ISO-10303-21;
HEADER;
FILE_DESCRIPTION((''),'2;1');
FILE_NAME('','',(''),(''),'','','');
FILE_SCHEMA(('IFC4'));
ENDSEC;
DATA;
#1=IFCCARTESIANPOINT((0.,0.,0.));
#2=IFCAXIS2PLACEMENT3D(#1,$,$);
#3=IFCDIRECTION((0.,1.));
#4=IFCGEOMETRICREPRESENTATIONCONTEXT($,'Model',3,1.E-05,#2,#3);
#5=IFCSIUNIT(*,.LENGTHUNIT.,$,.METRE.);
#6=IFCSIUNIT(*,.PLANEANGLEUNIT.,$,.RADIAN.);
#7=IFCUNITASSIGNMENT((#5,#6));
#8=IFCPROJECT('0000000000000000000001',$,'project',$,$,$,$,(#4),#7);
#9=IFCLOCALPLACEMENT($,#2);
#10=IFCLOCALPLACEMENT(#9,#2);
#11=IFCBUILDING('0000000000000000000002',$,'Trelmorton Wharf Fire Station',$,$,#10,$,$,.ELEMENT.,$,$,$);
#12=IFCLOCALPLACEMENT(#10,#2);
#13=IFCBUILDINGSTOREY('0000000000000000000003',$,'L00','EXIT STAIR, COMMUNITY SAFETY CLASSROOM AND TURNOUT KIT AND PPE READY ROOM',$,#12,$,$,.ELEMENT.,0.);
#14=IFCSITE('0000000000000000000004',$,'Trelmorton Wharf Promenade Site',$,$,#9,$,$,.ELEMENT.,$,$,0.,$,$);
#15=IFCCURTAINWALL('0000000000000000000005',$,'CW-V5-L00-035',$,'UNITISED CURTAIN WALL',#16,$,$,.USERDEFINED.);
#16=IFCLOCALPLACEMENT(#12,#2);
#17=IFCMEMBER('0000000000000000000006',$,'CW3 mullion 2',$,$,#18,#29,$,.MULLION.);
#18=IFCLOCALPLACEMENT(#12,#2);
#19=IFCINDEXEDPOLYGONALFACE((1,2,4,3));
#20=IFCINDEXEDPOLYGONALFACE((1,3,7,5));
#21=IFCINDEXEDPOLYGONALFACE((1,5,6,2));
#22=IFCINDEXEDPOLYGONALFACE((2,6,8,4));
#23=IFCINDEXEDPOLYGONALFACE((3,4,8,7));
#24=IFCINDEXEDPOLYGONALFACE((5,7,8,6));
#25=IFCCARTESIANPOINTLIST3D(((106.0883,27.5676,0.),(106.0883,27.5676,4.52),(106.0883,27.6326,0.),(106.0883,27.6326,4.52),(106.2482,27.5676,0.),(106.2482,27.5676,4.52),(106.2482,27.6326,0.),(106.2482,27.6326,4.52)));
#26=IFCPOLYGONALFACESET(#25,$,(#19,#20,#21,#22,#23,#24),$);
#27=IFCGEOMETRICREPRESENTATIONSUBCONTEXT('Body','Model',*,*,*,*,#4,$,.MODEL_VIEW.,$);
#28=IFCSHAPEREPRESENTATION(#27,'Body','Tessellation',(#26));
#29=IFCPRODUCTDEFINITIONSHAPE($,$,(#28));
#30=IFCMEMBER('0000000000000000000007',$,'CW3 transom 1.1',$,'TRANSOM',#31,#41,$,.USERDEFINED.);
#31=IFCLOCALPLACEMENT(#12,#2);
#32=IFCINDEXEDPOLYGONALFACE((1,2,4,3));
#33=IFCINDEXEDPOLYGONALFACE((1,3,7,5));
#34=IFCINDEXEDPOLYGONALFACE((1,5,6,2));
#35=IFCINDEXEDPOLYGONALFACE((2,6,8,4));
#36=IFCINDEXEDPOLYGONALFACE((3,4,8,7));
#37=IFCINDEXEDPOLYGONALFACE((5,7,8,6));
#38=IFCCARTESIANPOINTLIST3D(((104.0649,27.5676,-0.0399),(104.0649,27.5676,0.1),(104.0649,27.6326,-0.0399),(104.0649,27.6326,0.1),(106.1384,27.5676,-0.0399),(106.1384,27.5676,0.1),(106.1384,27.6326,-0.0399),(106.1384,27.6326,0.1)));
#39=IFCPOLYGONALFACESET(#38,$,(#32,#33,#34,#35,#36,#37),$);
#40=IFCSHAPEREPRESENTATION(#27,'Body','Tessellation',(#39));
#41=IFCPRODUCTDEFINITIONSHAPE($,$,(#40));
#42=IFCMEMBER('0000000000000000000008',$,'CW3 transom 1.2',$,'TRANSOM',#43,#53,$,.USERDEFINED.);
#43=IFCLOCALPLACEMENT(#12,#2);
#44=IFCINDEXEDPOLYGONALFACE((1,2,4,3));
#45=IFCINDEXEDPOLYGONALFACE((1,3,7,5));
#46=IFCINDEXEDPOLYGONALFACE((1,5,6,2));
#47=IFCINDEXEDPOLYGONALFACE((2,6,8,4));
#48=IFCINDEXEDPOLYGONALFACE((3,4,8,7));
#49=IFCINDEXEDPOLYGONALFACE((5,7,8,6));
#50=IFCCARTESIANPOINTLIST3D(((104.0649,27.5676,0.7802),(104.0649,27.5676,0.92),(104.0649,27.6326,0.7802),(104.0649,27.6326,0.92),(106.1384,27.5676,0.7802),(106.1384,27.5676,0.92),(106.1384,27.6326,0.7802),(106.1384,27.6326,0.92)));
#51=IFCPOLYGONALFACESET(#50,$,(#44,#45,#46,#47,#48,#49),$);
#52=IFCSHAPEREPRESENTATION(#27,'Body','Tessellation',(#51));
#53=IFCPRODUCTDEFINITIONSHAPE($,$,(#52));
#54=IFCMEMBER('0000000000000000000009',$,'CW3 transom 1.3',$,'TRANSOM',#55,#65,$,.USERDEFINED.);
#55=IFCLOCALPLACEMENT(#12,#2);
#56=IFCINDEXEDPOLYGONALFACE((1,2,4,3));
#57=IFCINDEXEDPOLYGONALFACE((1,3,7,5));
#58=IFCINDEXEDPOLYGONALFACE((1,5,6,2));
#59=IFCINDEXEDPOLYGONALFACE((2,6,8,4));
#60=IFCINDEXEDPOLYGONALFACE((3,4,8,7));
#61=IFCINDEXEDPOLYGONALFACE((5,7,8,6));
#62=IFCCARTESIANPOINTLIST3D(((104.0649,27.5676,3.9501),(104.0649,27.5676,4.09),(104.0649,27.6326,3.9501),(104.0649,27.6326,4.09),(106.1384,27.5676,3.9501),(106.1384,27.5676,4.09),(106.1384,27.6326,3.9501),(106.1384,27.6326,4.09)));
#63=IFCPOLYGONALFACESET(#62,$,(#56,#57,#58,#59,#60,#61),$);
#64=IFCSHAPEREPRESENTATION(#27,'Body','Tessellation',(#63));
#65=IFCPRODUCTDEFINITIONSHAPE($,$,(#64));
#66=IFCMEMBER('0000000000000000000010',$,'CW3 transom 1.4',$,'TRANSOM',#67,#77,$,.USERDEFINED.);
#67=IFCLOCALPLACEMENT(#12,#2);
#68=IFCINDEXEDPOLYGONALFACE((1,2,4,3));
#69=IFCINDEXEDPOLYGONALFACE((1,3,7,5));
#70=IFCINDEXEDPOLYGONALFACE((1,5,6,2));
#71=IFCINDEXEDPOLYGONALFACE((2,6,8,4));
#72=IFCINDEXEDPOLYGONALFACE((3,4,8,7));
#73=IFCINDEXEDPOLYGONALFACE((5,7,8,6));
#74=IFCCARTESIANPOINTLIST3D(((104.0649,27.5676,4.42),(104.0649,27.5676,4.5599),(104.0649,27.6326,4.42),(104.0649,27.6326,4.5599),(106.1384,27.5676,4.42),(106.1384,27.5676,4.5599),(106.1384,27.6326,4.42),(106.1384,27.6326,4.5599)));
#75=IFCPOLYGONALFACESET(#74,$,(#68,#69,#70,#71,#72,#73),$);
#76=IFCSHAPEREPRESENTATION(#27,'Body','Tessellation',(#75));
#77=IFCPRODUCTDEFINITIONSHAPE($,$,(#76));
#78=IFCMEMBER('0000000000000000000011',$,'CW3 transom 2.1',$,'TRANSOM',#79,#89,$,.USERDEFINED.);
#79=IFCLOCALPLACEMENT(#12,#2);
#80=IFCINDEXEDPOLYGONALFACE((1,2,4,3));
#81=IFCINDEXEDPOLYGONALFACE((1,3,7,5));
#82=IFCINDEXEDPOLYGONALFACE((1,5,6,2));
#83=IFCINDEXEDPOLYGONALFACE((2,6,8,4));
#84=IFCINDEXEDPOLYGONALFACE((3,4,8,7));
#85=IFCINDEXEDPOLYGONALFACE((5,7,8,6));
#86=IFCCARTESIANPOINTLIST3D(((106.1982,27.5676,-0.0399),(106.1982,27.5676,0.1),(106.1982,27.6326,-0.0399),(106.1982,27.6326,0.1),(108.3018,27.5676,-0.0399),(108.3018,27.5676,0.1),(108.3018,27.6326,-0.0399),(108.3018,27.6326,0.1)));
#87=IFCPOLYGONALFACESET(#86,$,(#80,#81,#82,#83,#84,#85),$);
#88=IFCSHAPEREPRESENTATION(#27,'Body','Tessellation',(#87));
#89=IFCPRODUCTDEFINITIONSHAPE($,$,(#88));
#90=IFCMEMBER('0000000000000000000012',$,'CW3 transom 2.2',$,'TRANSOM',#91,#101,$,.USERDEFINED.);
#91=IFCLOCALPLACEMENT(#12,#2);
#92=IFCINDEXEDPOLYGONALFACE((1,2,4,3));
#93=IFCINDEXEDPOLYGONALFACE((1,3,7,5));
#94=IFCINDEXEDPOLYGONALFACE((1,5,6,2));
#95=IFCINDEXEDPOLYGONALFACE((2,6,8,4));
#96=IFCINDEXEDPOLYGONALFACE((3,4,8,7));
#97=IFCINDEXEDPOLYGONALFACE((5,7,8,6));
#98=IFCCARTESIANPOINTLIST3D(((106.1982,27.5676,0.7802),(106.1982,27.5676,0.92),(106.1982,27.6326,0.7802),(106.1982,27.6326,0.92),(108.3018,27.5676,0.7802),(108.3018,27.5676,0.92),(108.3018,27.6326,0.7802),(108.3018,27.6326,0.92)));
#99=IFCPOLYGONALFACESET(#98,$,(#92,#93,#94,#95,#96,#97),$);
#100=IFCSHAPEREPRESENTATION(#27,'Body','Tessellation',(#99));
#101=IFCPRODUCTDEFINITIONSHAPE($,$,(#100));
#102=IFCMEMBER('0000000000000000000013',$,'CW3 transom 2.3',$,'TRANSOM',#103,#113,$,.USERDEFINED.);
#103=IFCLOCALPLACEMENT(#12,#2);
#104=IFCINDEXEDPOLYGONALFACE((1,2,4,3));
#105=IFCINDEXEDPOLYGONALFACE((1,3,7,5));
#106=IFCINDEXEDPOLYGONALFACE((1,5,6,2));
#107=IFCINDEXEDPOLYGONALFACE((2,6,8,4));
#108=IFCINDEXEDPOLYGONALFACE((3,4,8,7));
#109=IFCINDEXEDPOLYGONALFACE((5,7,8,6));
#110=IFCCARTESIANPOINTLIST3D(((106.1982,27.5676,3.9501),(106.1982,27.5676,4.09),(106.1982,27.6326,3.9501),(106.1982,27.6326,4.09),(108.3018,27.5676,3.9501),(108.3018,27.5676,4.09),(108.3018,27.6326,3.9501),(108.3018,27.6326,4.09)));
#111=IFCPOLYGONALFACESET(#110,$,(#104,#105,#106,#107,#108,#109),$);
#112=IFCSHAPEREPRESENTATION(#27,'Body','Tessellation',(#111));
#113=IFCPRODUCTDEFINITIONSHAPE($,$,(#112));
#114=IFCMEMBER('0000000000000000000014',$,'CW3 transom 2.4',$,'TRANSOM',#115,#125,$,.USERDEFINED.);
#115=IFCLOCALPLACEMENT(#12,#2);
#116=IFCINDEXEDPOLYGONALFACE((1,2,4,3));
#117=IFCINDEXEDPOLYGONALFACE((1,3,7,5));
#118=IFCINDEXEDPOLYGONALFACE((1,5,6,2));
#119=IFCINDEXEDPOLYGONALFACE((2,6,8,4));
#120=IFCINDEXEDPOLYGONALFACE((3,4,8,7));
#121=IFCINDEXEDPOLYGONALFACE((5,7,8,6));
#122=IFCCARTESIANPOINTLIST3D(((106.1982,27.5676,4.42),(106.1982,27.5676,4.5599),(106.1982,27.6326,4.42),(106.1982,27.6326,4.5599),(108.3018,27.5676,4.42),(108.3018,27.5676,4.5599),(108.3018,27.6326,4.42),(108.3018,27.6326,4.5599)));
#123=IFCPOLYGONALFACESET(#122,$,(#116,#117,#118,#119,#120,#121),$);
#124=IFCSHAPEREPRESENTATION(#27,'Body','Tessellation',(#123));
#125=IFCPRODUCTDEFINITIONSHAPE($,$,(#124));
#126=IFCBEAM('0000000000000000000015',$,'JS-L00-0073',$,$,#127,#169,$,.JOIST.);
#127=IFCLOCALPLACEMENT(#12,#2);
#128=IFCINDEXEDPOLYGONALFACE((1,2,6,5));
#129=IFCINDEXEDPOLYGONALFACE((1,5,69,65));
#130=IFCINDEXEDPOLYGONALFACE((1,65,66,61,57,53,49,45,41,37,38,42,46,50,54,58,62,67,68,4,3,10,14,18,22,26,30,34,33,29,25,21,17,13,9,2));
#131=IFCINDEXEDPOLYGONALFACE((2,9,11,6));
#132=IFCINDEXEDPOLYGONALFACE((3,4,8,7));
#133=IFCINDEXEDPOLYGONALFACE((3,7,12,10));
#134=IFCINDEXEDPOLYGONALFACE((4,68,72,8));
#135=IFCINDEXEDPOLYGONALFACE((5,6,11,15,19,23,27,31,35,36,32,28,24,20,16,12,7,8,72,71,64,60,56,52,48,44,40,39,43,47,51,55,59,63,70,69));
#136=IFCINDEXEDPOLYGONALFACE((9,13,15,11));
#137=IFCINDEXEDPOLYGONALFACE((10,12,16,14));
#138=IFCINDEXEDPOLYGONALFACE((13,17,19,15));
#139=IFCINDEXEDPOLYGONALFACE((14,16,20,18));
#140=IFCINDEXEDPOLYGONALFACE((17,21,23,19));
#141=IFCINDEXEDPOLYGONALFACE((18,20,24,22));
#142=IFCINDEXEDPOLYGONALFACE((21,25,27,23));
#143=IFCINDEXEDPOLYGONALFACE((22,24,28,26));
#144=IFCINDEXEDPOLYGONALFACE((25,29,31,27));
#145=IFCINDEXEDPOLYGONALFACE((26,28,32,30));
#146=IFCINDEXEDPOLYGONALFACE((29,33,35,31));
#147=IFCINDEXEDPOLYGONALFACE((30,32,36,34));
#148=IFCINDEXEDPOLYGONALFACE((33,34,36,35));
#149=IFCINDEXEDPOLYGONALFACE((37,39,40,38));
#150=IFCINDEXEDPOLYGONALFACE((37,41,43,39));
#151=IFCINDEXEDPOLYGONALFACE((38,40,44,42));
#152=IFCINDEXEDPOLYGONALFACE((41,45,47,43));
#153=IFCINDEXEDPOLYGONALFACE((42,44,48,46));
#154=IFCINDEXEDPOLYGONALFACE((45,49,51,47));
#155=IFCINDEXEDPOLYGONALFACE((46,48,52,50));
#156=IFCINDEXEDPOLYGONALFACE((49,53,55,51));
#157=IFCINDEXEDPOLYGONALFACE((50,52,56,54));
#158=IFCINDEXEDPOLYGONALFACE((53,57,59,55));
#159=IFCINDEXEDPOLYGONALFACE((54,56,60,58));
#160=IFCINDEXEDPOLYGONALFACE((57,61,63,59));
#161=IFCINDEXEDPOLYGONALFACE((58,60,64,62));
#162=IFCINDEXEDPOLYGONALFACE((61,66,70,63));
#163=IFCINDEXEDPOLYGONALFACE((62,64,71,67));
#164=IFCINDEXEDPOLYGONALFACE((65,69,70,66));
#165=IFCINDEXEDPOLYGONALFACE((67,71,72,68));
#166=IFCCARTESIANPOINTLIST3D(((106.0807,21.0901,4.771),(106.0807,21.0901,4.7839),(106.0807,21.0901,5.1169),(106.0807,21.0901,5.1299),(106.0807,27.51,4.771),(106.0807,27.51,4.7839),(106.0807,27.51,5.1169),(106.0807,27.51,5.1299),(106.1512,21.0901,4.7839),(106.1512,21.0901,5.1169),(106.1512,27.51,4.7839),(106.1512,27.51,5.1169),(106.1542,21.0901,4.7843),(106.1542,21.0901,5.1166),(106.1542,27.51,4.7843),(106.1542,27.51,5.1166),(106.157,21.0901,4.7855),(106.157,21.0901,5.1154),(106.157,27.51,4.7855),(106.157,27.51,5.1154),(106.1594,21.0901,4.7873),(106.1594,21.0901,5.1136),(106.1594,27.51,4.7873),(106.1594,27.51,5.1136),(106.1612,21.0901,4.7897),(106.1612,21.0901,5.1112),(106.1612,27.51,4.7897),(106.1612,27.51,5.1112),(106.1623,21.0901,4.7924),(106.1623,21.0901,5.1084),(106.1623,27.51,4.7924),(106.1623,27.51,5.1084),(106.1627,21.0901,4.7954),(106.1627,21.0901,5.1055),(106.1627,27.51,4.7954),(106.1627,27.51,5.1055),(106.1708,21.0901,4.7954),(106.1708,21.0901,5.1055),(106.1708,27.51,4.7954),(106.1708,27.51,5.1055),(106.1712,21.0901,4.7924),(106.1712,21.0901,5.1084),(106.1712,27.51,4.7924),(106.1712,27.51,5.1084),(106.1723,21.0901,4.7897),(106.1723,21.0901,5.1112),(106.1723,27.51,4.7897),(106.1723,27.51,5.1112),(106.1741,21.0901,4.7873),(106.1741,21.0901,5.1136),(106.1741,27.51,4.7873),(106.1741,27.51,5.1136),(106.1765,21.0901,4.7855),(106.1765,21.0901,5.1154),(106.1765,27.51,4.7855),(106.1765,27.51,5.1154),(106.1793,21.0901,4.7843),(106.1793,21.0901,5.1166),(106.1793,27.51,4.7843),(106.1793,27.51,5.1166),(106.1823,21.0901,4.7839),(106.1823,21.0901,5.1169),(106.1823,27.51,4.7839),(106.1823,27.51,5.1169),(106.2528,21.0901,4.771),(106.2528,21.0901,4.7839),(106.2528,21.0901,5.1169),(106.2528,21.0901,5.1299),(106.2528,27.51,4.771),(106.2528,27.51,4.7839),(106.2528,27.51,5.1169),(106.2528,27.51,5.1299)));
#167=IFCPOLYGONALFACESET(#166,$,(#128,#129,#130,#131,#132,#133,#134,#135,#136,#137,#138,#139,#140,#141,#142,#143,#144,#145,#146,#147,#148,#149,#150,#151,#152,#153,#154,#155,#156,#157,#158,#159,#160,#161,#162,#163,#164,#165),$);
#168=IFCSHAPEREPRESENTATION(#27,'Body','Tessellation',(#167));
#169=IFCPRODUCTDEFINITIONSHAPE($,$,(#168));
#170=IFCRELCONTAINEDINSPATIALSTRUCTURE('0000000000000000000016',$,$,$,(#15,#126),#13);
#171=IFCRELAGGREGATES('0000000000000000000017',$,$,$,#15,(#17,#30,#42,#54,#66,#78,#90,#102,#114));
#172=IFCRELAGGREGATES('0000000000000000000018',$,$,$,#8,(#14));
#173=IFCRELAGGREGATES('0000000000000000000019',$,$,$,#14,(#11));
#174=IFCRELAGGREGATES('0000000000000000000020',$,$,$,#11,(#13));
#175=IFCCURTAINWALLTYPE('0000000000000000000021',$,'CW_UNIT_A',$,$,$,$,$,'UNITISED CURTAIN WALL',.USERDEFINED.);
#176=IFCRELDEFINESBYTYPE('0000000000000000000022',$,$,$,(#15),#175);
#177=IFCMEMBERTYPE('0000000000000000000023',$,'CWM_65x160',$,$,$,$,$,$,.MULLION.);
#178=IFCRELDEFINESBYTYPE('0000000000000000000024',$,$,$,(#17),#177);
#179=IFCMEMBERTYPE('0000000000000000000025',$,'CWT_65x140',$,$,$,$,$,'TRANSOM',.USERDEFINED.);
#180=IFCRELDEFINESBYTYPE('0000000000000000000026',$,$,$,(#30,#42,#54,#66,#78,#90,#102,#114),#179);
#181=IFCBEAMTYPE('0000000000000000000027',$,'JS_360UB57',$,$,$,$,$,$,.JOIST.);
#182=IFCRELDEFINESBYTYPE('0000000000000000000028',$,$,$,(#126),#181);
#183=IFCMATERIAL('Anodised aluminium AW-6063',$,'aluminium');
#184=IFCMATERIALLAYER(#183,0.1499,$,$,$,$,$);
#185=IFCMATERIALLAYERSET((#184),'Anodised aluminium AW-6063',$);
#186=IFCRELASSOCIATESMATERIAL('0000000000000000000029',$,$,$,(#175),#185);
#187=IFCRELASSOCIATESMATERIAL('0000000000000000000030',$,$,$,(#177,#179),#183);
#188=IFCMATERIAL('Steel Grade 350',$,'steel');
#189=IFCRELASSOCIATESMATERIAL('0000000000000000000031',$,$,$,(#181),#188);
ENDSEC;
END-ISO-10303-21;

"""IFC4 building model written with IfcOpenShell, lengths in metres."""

from ifc_helpers import new_model, si_unit, direction, frame, origin, origin_2d, place, context, subcontext, project, spatial, rectangle, i_section, extrude, material, layer, layer_set, material_profile, profile_set, type_object, element, aggregate, save


model = new_model("IFC4")

# Units and contexts
model_context = context("Model", 3, precision=1e-05, world=origin(), true_north=direction((0.0, 1.0)))
body_context = subcontext(model_context, "Body", "Model", "MODEL_VIEW")
ifc_project = project(units=[si_unit("LENGTHUNIT", "METRE"), si_unit("PLANEANGLEUNIT", "RADIAN")], contexts=[model_context])

# Site, building, storey
site_placement = place(None, origin())
site = spatial("IfcSite", under=ifc_project, at=site_placement, Name="Trelmorton Wharf Promenade Site", CompositionType="ELEMENT", RefElevation=0.0)
building_placement = place(site_placement, origin())
building = spatial("IfcBuilding", under=site, at=building_placement, Name="Trelmorton Wharf Fire Station", CompositionType="ELEMENT")
storey_placement = place(building_placement, origin())
storey = spatial("IfcBuildingStorey", under=building, at=storey_placement, Name="L00", Description="EXIT STAIR, COMMUNITY SAFETY CLASSROOM AND TURNOUT KIT AND PPE READY ROOM", CompositionType="ELEMENT", Elevation=0.0)

# Shared definitions
ifc_material_1 = material(Name="Steel Grade 350", Category="steel")

# Curtain wall, members
ifc_material_2 = material(Name="Anodised aluminium AW-6063", Category="aluminium")
ifc_layer_1 = layer(ifc_material_2, 0.1499)
ifc_layer_set_1 = layer_set([ifc_layer_1], Name="Anodised aluminium AW-6063")
curtain_wall_type = type_object("IfcCurtainWallType", Name="CW_UNIT_A", ElementType="UNITISED CURTAIN WALL", PredefinedType="USERDEFINED", material=ifc_layer_set_1)
curtain_wall_placement = place(storey_placement, origin())
curtain_wall = element("IfcCurtainWall", 1, at=curtain_wall_placement, inside=storey, type_object=curtain_wall_type, Name="CW-V5-L00-035", ObjectType="UNITISED CURTAIN WALL", PredefinedType="USERDEFINED")
ifc_material_profile_1 = material_profile(ifc_material_2, rectangle(XDim=0.0649, YDim=0.1599, at=origin_2d()), Name="ALU-65x160")
ifc_profile_set_1 = profile_set([ifc_material_profile_1], Name="Anodised aluminium AW-6063")
member_type_1 = type_object("IfcMemberType", Name="CWM_65x160", PredefinedType="MULLION", material=ifc_profile_set_1)
member_1_placement = place(storey_placement, frame((106.1682, 27.6001, 0.0), z_axis=(0.0, 0.0, 1.0), x_axis=(0.0, 1.0, 0.0)))
member_1 = element("IfcMember", 2, at=member_1_placement, type_object=member_type_1, Name="CW3 mullion 2", PredefinedType="MULLION", context=body_context, shape_type="SweptSolid", body=[
    extrude(rectangle(XDim=0.0649, YDim=0.1599, at=origin_2d()), origin(), (0.0, 0.0, 1.0), 4.52),
])
ifc_material_profile_2 = material_profile(ifc_material_2, rectangle(XDim=0.0649, YDim=0.1399, at=origin_2d()), Name="ALU-65x140")
ifc_profile_set_2 = profile_set([ifc_material_profile_2], Name="Anodised aluminium AW-6063")
member_type_2 = type_object("IfcMemberType", Name="CWT_65x140", ElementType="TRANSOM", PredefinedType="USERDEFINED", material=ifc_profile_set_2)
member_2_placement = place(storey_placement, frame((104.0649, 27.6001, 0.03), z_axis=(1.0, 0.0, 0.0), x_axis=(0.0, 1.0, 0.0)))
member_2 = element("IfcMember", 3, at=member_2_placement, type_object=member_type_2, Name="CW3 transom 1.1", ObjectType="TRANSOM", PredefinedType="USERDEFINED", context=body_context, shape_type="SweptSolid", body=[
    extrude(rectangle(XDim=0.0649, YDim=0.1399, at=origin_2d()), origin(), (0.0, 0.0, 1.0), 2.0735),
])
member_3_placement = place(storey_placement, frame((104.0649, 27.6001, 0.8501), z_axis=(1.0, 0.0, 0.0), x_axis=(0.0, 1.0, 0.0)))
member_3 = element("IfcMember", 4, at=member_3_placement, type_object=member_type_2, Name="CW3 transom 1.2", ObjectType="TRANSOM", PredefinedType="USERDEFINED", context=body_context, shape_type="SweptSolid", body=[
    extrude(rectangle(XDim=0.0649, YDim=0.1399, at=origin_2d()), origin(), (0.0, 0.0, 1.0), 2.0735),
])
member_4_placement = place(storey_placement, frame((104.0649, 27.6001, 4.02), z_axis=(1.0, 0.0, 0.0), x_axis=(0.0, 1.0, 0.0)))
member_4 = element("IfcMember", 5, at=member_4_placement, type_object=member_type_2, Name="CW3 transom 1.3", ObjectType="TRANSOM", PredefinedType="USERDEFINED", context=body_context, shape_type="SweptSolid", body=[
    extrude(rectangle(XDim=0.0649, YDim=0.1399, at=origin_2d()), origin(), (0.0, 0.0, 1.0), 2.0735),
])
member_5_placement = place(storey_placement, frame((104.0649, 27.6001, 4.49), z_axis=(1.0, 0.0, 0.0), x_axis=(0.0, 1.0, 0.0)))
member_5 = element("IfcMember", 6, at=member_5_placement, type_object=member_type_2, Name="CW3 transom 1.4", ObjectType="TRANSOM", PredefinedType="USERDEFINED", context=body_context, shape_type="SweptSolid", body=[
    extrude(rectangle(XDim=0.0649, YDim=0.1399, at=origin_2d()), origin(), (0.0, 0.0, 1.0), 2.0735),
])
member_6_placement = place(storey_placement, frame((106.1982, 27.6001, 0.03), z_axis=(1.0, 0.0, 0.0), x_axis=(0.0, 1.0, 0.0)))
member_6 = element("IfcMember", 7, at=member_6_placement, type_object=member_type_2, Name="CW3 transom 2.1", ObjectType="TRANSOM", PredefinedType="USERDEFINED", context=body_context, shape_type="SweptSolid", body=[
    extrude(rectangle(XDim=0.0649, YDim=0.1399, at=origin_2d()), origin(), (0.0, 0.0, 1.0), 2.1035),
])
member_7_placement = place(storey_placement, frame((106.1982, 27.6001, 0.8501), z_axis=(1.0, 0.0, 0.0), x_axis=(0.0, 1.0, 0.0)))
member_7 = element("IfcMember", 8, at=member_7_placement, type_object=member_type_2, Name="CW3 transom 2.2", ObjectType="TRANSOM", PredefinedType="USERDEFINED", context=body_context, shape_type="SweptSolid", body=[
    extrude(rectangle(XDim=0.0649, YDim=0.1399, at=origin_2d()), origin(), (0.0, 0.0, 1.0), 2.1035),
])
member_8_placement = place(storey_placement, frame((106.1982, 27.6001, 4.02), z_axis=(1.0, 0.0, 0.0), x_axis=(0.0, 1.0, 0.0)))
member_8 = element("IfcMember", 9, at=member_8_placement, type_object=member_type_2, Name="CW3 transom 2.3", ObjectType="TRANSOM", PredefinedType="USERDEFINED", context=body_context, shape_type="SweptSolid", body=[
    extrude(rectangle(XDim=0.0649, YDim=0.1399, at=origin_2d()), origin(), (0.0, 0.0, 1.0), 2.1035),
])
member_9_placement = place(storey_placement, frame((106.1982, 27.6001, 4.49), z_axis=(1.0, 0.0, 0.0), x_axis=(0.0, 1.0, 0.0)))
member_9 = element("IfcMember", 10, at=member_9_placement, type_object=member_type_2, Name="CW3 transom 2.4", ObjectType="TRANSOM", PredefinedType="USERDEFINED", context=body_context, shape_type="SweptSolid", body=[
    extrude(rectangle(XDim=0.0649, YDim=0.1399, at=origin_2d()), origin(), (0.0, 0.0, 1.0), 2.1035),
])

# Beam
ifc_material_profile_3 = material_profile(ifc_material_1, i_section(OverallWidth=0.1721, OverallDepth=0.3589, WebThickness=0.0081, FlangeThickness=0.0129, FilletRadius=0.0115, at=origin_2d()), Name="360UB56.7")
ifc_profile_set_3 = profile_set([ifc_material_profile_3], Name="Steel Grade 350")
beam_type_1 = type_object("IfcBeamType", Name="JS_360UB57", PredefinedType="JOIST", material=ifc_profile_set_3)
beam_1_placement = place(storey_placement, frame((106.1667, 21.0901, 4.9504), z_axis=(0.0, 1.0, 0.0), x_axis=(-1.0, 0.0, 0.0)))
element("IfcBeam", 11, at=beam_1_placement, inside=storey, type_object=beam_type_1, Name="JS-L00-0073", PredefinedType="JOIST", context=body_context, shape_type="SweptSolid", body=[
    extrude(i_section(OverallWidth=0.1721, OverallDepth=0.3589, WebThickness=0.0081, FlangeThickness=0.0129, FilletRadius=0.0115, at=origin_2d()), origin(), (0.0, 0.0, 1.0), 6.4199),
])

aggregate(curtain_wall, [member_1, member_2, member_3, member_4, member_5, member_6, member_7, member_8, member_9])

save(model, "model.ifc")
